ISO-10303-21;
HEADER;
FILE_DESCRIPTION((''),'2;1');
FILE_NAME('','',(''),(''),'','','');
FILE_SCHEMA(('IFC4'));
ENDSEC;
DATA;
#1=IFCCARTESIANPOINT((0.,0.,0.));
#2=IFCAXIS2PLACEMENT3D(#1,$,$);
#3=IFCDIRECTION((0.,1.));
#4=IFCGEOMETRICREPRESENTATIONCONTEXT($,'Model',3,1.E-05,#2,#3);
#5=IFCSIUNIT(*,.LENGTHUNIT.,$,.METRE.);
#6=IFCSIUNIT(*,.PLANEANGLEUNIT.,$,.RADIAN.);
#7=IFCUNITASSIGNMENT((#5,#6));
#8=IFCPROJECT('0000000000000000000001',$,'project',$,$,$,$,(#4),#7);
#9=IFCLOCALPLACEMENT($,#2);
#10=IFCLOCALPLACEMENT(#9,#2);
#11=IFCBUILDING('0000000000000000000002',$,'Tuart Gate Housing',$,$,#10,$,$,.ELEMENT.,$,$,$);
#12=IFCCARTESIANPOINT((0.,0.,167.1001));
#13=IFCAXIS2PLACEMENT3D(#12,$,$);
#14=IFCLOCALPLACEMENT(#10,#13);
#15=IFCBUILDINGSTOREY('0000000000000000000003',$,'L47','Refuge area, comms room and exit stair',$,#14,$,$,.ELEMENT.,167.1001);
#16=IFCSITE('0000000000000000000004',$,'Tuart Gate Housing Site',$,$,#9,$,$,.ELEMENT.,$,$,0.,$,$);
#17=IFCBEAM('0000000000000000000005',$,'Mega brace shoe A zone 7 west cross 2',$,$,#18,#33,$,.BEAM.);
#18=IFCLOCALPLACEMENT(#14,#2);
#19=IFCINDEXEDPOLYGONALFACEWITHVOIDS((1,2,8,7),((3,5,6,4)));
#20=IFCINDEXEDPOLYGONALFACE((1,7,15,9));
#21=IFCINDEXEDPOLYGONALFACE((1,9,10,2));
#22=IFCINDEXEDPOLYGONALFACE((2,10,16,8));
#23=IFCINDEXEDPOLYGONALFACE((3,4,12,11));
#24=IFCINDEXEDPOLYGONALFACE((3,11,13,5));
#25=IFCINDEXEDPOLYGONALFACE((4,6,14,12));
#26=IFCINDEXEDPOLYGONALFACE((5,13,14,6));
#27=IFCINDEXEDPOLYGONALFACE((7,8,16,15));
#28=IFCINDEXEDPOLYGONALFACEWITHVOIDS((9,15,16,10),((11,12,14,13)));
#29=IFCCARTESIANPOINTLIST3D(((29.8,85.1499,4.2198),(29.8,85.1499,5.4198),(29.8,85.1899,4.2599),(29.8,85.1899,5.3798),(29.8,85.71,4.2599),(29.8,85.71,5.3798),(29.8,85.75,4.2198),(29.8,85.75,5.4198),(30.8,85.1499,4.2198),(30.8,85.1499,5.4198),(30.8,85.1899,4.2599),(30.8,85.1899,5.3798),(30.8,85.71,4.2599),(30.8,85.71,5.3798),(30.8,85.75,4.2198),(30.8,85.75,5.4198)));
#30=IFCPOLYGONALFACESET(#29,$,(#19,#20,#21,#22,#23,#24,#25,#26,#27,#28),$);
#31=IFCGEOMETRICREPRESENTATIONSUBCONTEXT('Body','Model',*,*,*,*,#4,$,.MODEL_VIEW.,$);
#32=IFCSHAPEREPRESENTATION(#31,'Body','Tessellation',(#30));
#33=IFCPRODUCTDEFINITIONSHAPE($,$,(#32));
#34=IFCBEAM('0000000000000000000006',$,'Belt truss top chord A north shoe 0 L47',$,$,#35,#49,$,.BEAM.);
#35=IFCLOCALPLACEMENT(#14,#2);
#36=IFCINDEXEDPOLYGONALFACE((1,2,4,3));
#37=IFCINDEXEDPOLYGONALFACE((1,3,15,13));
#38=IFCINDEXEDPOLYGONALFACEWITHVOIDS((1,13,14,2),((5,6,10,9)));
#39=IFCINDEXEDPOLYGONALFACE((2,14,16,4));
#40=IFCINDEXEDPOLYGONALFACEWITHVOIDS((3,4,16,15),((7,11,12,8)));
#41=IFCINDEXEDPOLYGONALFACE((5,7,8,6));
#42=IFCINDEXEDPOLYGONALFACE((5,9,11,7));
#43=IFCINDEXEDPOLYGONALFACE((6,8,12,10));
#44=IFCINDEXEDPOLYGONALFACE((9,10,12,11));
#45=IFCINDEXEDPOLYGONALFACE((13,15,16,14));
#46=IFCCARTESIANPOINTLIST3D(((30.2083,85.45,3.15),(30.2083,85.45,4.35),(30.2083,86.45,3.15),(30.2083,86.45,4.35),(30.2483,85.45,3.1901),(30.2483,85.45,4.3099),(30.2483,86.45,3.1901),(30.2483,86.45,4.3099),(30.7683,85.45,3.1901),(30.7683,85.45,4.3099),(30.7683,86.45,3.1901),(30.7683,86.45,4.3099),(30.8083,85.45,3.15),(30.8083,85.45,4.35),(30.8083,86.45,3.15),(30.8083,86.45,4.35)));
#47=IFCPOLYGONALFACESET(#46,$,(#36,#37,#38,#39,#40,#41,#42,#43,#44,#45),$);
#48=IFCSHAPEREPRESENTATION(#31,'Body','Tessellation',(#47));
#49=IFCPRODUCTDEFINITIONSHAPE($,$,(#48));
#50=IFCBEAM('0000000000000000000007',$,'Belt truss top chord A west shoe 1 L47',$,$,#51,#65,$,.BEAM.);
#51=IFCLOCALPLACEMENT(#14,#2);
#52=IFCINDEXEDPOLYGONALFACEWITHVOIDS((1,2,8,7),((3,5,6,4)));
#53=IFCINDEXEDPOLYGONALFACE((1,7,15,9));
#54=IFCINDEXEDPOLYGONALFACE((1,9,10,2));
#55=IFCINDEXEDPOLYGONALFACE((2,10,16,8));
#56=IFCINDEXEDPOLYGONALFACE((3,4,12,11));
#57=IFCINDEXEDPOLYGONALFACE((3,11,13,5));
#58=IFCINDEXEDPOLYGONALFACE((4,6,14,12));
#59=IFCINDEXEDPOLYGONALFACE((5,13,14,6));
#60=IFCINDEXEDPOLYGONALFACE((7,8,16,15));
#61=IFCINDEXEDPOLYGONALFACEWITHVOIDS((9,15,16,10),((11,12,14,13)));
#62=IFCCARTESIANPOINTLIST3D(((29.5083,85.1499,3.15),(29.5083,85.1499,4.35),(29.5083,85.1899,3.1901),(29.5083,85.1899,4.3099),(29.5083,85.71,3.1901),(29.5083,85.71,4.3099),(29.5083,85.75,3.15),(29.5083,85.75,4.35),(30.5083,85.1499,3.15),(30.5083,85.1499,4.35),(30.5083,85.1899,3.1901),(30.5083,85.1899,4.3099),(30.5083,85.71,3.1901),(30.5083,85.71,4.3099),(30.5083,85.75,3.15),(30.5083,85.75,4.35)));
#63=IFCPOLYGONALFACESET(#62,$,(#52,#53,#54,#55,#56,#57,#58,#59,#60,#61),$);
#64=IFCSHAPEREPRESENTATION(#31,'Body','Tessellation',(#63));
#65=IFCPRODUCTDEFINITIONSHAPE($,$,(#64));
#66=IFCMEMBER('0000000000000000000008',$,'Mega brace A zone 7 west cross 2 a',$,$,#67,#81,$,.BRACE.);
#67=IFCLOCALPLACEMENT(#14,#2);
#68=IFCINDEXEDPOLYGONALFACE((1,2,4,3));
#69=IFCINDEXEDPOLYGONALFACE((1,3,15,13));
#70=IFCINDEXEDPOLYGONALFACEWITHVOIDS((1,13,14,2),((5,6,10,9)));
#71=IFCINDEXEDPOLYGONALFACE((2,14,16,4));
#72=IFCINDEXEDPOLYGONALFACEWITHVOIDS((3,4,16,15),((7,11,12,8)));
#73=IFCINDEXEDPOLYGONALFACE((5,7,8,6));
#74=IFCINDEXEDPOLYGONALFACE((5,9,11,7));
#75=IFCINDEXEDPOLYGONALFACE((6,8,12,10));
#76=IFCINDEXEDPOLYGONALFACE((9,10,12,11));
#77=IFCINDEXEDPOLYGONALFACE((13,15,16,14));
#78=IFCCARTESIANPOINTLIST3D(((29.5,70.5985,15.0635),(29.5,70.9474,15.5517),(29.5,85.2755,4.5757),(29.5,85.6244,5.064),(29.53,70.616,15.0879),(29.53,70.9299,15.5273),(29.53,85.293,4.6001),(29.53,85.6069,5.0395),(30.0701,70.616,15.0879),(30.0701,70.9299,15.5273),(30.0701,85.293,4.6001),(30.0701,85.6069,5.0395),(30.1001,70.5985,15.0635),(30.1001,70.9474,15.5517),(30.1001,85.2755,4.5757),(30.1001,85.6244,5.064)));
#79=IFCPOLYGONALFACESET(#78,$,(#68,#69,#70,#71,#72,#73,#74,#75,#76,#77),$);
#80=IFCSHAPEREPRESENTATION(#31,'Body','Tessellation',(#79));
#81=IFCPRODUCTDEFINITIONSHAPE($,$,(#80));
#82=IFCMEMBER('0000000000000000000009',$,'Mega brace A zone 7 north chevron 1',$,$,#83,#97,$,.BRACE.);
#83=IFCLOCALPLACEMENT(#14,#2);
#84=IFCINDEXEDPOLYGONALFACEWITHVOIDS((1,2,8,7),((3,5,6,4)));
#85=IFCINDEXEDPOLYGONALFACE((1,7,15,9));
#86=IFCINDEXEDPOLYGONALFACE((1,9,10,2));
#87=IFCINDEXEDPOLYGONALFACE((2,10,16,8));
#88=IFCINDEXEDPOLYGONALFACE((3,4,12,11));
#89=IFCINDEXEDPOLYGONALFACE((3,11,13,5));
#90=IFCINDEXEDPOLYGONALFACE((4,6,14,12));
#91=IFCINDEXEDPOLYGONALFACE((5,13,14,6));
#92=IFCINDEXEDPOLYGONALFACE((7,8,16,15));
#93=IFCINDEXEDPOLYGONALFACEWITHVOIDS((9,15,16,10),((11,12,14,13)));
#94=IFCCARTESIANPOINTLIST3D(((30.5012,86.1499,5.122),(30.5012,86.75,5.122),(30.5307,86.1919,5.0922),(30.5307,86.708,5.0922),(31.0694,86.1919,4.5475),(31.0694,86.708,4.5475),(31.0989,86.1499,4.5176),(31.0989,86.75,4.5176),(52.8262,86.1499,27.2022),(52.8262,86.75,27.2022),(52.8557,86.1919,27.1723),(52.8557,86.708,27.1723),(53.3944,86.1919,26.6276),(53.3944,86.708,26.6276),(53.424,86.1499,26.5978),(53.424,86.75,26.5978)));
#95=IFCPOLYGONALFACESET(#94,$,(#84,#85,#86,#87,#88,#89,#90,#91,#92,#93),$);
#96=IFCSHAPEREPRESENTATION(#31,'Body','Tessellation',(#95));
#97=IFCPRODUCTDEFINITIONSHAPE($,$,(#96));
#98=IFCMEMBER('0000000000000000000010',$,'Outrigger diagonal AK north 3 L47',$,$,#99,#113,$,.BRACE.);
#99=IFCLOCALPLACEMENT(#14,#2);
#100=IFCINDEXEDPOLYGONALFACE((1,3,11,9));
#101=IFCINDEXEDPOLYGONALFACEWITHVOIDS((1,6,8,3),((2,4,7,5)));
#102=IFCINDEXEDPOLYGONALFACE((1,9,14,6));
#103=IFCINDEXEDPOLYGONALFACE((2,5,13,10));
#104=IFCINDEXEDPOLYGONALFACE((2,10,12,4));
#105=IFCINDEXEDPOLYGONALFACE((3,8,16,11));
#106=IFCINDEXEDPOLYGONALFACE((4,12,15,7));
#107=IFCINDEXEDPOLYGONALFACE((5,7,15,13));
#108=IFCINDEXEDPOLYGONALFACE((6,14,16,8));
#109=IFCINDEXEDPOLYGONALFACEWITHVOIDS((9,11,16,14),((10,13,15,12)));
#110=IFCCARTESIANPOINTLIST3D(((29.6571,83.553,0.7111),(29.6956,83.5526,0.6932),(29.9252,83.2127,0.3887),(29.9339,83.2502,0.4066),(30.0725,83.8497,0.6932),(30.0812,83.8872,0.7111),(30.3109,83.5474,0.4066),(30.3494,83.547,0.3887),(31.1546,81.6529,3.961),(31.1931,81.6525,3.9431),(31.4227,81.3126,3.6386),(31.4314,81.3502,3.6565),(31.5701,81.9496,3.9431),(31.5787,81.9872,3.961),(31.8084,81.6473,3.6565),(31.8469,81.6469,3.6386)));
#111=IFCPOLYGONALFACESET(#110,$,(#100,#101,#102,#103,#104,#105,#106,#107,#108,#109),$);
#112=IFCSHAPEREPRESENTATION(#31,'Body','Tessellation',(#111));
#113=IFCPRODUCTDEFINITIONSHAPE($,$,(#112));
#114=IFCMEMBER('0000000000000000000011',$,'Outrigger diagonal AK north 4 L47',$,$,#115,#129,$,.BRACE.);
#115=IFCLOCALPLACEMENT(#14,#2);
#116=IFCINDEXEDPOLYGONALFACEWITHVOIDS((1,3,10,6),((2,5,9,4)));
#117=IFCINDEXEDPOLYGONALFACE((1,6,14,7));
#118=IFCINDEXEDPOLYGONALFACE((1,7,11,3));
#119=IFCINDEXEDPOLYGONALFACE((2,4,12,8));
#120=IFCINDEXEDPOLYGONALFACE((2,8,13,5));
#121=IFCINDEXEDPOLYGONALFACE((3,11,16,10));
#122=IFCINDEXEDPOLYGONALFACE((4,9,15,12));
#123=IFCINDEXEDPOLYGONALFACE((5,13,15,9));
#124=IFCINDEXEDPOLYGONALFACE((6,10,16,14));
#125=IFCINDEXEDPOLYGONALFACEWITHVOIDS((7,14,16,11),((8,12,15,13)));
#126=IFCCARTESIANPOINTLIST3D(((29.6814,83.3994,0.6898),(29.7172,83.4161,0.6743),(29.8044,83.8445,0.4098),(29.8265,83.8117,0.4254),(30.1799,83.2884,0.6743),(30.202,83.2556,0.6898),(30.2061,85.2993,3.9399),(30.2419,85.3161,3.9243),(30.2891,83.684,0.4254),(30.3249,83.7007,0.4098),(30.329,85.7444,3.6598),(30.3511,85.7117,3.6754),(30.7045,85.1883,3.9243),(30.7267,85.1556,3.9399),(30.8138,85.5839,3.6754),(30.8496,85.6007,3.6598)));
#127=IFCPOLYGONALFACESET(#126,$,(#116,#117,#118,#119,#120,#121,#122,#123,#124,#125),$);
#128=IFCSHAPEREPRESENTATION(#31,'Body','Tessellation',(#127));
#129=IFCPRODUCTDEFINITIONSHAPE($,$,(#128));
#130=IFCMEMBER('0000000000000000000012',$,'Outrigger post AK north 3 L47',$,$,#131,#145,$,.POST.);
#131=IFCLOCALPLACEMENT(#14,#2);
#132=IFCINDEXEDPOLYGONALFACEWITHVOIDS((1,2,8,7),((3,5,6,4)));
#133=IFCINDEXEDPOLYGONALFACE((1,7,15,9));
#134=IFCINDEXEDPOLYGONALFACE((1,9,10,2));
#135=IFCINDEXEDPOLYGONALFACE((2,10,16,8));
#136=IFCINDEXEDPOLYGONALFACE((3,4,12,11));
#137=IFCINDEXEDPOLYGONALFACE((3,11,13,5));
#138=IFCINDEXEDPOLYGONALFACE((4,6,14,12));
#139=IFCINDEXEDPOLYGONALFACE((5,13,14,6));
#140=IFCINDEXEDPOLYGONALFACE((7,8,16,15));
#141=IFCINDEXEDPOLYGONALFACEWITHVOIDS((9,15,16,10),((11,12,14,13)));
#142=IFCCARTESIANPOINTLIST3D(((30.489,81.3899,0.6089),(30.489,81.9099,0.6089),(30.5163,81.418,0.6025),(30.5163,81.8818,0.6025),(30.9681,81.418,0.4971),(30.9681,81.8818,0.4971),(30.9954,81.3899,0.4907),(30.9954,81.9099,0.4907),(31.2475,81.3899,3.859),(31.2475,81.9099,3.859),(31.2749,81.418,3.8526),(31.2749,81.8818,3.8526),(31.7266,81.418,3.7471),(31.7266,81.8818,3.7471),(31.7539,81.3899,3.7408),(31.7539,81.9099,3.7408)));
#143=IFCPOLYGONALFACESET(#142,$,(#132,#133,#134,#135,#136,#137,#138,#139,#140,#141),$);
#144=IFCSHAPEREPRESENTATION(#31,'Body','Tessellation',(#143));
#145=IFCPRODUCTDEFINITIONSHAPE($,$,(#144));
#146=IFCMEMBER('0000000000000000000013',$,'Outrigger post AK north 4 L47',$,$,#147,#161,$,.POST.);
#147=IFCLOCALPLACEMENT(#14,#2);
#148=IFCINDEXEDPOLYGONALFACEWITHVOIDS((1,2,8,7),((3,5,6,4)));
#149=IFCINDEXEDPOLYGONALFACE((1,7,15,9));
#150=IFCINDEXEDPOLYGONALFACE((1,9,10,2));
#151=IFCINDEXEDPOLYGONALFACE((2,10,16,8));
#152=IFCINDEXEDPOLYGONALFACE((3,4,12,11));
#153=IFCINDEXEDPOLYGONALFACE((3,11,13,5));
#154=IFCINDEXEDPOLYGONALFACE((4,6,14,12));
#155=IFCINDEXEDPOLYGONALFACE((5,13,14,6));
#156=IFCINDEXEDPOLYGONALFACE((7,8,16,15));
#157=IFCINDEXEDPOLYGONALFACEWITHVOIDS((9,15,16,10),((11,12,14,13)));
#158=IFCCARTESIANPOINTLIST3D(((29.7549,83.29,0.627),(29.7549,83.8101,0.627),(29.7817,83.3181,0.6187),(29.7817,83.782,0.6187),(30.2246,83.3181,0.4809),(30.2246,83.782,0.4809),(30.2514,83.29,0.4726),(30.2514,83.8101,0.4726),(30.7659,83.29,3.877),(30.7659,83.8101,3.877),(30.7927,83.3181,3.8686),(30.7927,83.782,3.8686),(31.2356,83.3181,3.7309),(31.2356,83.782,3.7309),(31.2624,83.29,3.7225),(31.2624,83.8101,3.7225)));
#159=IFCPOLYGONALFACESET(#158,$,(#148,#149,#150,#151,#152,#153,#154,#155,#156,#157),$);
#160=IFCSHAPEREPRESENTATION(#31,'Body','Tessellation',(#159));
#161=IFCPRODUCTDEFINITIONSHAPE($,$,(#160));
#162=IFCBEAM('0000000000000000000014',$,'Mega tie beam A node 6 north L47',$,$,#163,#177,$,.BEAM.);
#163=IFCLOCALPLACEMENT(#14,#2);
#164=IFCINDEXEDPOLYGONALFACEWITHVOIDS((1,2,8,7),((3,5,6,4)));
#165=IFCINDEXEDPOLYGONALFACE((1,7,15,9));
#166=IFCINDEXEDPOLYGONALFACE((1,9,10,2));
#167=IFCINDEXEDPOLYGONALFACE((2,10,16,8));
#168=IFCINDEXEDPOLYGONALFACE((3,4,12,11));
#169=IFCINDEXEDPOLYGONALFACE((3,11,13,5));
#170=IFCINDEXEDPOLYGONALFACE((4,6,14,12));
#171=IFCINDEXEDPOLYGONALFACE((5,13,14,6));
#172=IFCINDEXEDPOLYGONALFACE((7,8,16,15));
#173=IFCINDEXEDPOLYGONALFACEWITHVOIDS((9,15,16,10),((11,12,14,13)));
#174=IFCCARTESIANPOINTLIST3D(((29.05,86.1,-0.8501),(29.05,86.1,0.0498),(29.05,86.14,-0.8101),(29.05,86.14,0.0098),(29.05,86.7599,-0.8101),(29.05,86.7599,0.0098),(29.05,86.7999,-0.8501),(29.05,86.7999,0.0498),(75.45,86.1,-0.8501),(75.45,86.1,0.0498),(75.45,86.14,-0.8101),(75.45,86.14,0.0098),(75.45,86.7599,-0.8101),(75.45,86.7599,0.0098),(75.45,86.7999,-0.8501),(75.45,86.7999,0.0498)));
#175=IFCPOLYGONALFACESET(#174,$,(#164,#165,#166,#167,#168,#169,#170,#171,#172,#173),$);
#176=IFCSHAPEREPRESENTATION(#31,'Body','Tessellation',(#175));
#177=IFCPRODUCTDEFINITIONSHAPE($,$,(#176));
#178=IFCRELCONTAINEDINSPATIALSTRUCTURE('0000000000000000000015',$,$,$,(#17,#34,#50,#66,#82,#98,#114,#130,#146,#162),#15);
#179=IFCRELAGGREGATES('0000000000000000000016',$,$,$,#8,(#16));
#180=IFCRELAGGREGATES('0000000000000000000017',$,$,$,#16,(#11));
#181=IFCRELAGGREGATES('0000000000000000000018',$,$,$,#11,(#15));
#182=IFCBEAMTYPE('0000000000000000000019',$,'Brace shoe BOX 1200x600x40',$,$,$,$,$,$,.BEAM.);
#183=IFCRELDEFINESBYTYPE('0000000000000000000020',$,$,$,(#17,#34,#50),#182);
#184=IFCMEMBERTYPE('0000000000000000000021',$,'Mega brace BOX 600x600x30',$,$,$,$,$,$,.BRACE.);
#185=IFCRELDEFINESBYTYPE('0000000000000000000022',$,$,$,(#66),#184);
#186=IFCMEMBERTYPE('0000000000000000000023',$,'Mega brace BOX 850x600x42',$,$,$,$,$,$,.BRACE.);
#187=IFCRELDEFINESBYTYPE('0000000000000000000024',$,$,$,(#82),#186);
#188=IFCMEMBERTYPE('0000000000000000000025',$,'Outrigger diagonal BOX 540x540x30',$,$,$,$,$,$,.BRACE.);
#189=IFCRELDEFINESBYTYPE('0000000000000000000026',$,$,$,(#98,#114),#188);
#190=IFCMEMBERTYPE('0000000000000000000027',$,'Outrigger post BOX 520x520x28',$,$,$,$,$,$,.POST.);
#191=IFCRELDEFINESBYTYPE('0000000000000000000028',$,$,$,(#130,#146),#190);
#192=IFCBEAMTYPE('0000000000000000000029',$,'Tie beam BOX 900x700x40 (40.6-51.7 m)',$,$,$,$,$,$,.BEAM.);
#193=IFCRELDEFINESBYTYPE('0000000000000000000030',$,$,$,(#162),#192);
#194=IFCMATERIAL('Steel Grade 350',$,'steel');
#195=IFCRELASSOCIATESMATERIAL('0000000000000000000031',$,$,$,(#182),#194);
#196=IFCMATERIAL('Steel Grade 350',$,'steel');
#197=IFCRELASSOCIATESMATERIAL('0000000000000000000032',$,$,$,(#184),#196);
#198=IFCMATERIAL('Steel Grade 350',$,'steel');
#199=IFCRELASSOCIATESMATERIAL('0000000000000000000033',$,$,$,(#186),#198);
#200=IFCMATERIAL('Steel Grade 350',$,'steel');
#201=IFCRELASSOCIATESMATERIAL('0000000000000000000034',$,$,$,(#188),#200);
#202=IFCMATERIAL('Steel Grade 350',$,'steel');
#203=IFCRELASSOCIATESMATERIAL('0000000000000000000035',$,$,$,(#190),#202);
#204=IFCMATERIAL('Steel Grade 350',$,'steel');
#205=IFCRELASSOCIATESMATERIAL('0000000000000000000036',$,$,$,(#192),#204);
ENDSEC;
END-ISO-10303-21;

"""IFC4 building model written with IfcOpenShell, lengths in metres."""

from ifc_helpers import new_model, si_unit, direction, frame, origin, origin_2d, place, context, subcontext, project, spatial, hollow_rectangle, extrude, material, material_profile, profile_set, type_object, element, save


model = new_model("IFC4")

# Units and contexts
model_context = context("Model", 3, precision=1e-05, world=origin(), true_north=direction((0.0, 1.0)))
body_context = subcontext(model_context, "Body", "Model", "MODEL_VIEW")
ifc_project = project(units=[si_unit("LENGTHUNIT", "METRE"), si_unit("PLANEANGLEUNIT", "RADIAN")], contexts=[model_context])

# Site, building, storey
site_placement = place(None, origin())
site = spatial("IfcSite", under=ifc_project, at=site_placement, Name="Tuart Gate Housing Site", CompositionType="ELEMENT", RefElevation=0.0)
building_placement = place(site_placement, origin())
building = spatial("IfcBuilding", under=site, at=building_placement, Name="Tuart Gate Housing", CompositionType="ELEMENT")
storey_placement = place(building_placement, frame((0.0, 0.0, 167.1001)))
storey = spatial("IfcBuildingStorey", under=building, at=storey_placement, Name="L47", Description="Refuge area, comms room and exit stair", CompositionType="ELEMENT", Elevation=167.1001)

# Beams
ifc_material_1 = material(Name="Steel Grade 350", Category="steel")
ifc_material_profile_1 = material_profile(ifc_material_1, hollow_rectangle(XDim=0.6001, YDim=1.2, WallThickness=0.04, at=origin_2d()), Name="BOX 1200x600x40")
ifc_profile_set_1 = profile_set([ifc_material_profile_1], Name="Steel Grade 350")
beam_type_1 = type_object("IfcBeamType", Name="Brace shoe BOX 1200x600x40", PredefinedType="BEAM", material=ifc_profile_set_1)
for number, where, z_axis, x_axis, name in (
    (1, (30.8, 85.45, 4.8198), (-1.0, 0.0, 0.0), (0.0, -1.0, 0.0), "Mega brace shoe A zone 7 west cross 2"),
    (2, (30.5083, 85.45, 3.75), (0.0, 1.0, 0.0), (-1.0, 0.0, 0.0), "Belt truss top chord A north shoe 0 L47"),
    (3, (30.5083, 85.45, 3.75), (-1.0, 0.0, 0.0), (0.0, -1.0, 0.0), "Belt truss top chord A west shoe 1 L47"),
):
    element("IfcBeam", number, at=place(storey_placement, frame(where, z_axis=z_axis, x_axis=x_axis)), inside=storey, type_object=beam_type_1, Name=name, PredefinedType="BEAM", context=body_context, shape_type="SweptSolid", body=[
        extrude(hollow_rectangle(XDim=0.6001, YDim=1.2, WallThickness=0.04, at=origin_2d()), origin(), (0.0, 0.0, 1.0), 1.0),
    ])

# Members
ifc_material_2 = material(Name="Steel Grade 350", Category="steel")
ifc_material_profile_2 = material_profile(ifc_material_2, hollow_rectangle(XDim=0.6001, YDim=0.6001, WallThickness=0.03, at=origin_2d()), Name="BOX 600x600x30")
ifc_profile_set_2 = profile_set([ifc_material_profile_2], Name="Steel Grade 350")
member_type_1 = type_object("IfcMemberType", Name="Mega brace BOX 600x600x30", PredefinedType="BRACE", material=ifc_profile_set_2)
member_1_placement = place(storey_placement, frame((29.8, 85.45, 4.8198), z_axis=(0.0, -0.813623, 0.581393), x_axis=(1.0, 0.0, 0.0)))
element("IfcMember", 4, at=member_1_placement, inside=storey, type_object=member_type_1, Name="Mega brace A zone 7 west cross 2 a", PredefinedType="BRACE", context=body_context, shape_type="SweptSolid", body=[
    extrude(hollow_rectangle(XDim=0.6001, YDim=0.6001, WallThickness=0.03, at=origin_2d()), origin(), (0.0, 0.0, 1.0), 18.0391),
])
ifc_material_3 = material(Name="Steel Grade 350", Category="steel")
ifc_material_profile_3 = material_profile(ifc_material_3, hollow_rectangle(XDim=0.6001, YDim=0.8501, WallThickness=0.042, at=origin_2d()), Name="BOX 850x600x42")
ifc_profile_set_3 = profile_set([ifc_material_profile_3], Name="Steel Grade 350")
member_type_2 = type_object("IfcMemberType", Name="Mega brace BOX 850x600x42", PredefinedType="BRACE", material=ifc_profile_set_3)
member_2_placement = place(storey_placement, frame((30.8, 86.45, 4.8198), z_axis=(0.710995, 0.0, 0.703197), x_axis=(0.0, 1.0, 0.0)))
element("IfcMember", 5, at=member_2_placement, inside=storey, type_object=member_type_2, Name="Mega brace A zone 7 north chevron 1", PredefinedType="BRACE", context=body_context, shape_type="SweptSolid", body=[
    extrude(hollow_rectangle(XDim=0.6001, YDim=0.8501, WallThickness=0.042, at=origin_2d()), origin(), (0.0, 0.0, 1.0), 31.3997),
])
ifc_material_4 = material(Name="Steel Grade 350", Category="steel")
ifc_material_profile_4 = material_profile(ifc_material_4, hollow_rectangle(XDim=0.54, YDim=0.54, WallThickness=0.03, at=origin_2d()), Name="BOX 540x540x30")
ifc_profile_set_4 = profile_set([ifc_material_profile_4], Name="Steel Grade 350")
member_type_3 = type_object("IfcMemberType", Name="Outrigger diagonal BOX 540x540x30", PredefinedType="BRACE", material=ifc_profile_set_4)
member_3_placement = place(storey_placement, frame((31.5007, 81.6499, 3.7998), z_axis=(-0.369618, 0.468983, -0.802145), x_axis=(-0.785397, -0.618993, 0.0)))
element("IfcMember", 6, at=member_3_placement, inside=storey, type_object=member_type_3, Name="Outrigger diagonal AK north 3 L47", PredefinedType="BRACE", context=body_context, shape_type="SweptSolid", body=[
    extrude(hollow_rectangle(XDim=0.54, YDim=0.54, WallThickness=0.03, at=origin_2d()), origin(), (0.0, 0.0, 1.0), 4.0515),
])
member_4_placement = place(storey_placement, frame((30.0032, 83.55, 0.5498), z_axis=(0.138033, 0.499846, 0.855044), x_axis=(-0.963921, 0.266187, 0.0)))
element("IfcMember", 7, at=member_4_placement, inside=storey, type_object=member_type_3, Name="Outrigger diagonal AK north 4 L47", PredefinedType="BRACE", context=body_context, shape_type="SweptSolid", body=[
    extrude(hollow_rectangle(XDim=0.54, YDim=0.54, WallThickness=0.03, at=origin_2d()), origin(), (0.0, 0.0, 1.0), 3.801),
])
ifc_material_5 = material(Name="Steel Grade 350", Category="steel")
ifc_material_profile_5 = material_profile(ifc_material_5, hollow_rectangle(XDim=0.52, YDim=0.52, WallThickness=0.0281, at=origin_2d()), Name="BOX 520x520x28")
ifc_profile_set_5 = profile_set([ifc_material_profile_5], Name="Steel Grade 350")
member_type_4 = type_object("IfcMemberType", Name="Outrigger post BOX 520x520x28", PredefinedType="POST", material=ifc_profile_set_5)
member_5_placement = place(storey_placement, frame((30.7422, 81.6499, 0.5498), z_axis=(0.22729, 0.0, 0.973827), x_axis=(0.0, 1.0, 0.0)))
element("IfcMember", 8, at=member_5_placement, inside=storey, type_object=member_type_4, Name="Outrigger post AK north 3 L47", PredefinedType="POST", context=body_context, shape_type="SweptSolid", body=[
    extrude(hollow_rectangle(XDim=0.52, YDim=0.52, WallThickness=0.0281, at=origin_2d()), origin(), (0.0, 0.0, 1.0), 3.3374),
])
member_6_placement = place(storey_placement, frame((30.0032, 83.55, 0.5498), z_axis=(0.297033, 0.0, 0.954867), x_axis=(0.0, 1.0, 0.0)))
element("IfcMember", 9, at=member_6_placement, inside=storey, type_object=member_type_4, Name="Outrigger post AK north 4 L47", PredefinedType="POST", context=body_context, shape_type="SweptSolid", body=[
    extrude(hollow_rectangle(XDim=0.52, YDim=0.52, WallThickness=0.0281, at=origin_2d()), origin(), (0.0, 0.0, 1.0), 3.4036),
])

# Beam
ifc_material_6 = material(Name="Steel Grade 350", Category="steel")
ifc_material_profile_6 = material_profile(ifc_material_6, hollow_rectangle(XDim=0.7, YDim=0.8999, WallThickness=0.04, at=origin_2d()), Name="BOX 900x700x40")
ifc_profile_set_6 = profile_set([ifc_material_profile_6], Name="Steel Grade 350")
beam_type_2 = type_object("IfcBeamType", Name="Tie beam BOX 900x700x40 (40.6-51.7 m)", PredefinedType="BEAM", material=ifc_profile_set_6)
beam_1_placement = place(storey_placement, frame((29.05, 86.45, -0.4001), z_axis=(1.0, 0.0, 0.0), x_axis=(0.0, 1.0, 0.0)))
element("IfcBeam", 10, at=beam_1_placement, inside=storey, type_object=beam_type_2, Name="Mega tie beam A node 6 north L47", PredefinedType="BEAM", context=body_context, shape_type="SweptSolid", body=[
    extrude(hollow_rectangle(XDim=0.7, YDim=0.8999, WallThickness=0.04, at=origin_2d()), origin(), (0.0, 0.0, 1.0), 46.3999),
])

save(model, "model.ifc")
